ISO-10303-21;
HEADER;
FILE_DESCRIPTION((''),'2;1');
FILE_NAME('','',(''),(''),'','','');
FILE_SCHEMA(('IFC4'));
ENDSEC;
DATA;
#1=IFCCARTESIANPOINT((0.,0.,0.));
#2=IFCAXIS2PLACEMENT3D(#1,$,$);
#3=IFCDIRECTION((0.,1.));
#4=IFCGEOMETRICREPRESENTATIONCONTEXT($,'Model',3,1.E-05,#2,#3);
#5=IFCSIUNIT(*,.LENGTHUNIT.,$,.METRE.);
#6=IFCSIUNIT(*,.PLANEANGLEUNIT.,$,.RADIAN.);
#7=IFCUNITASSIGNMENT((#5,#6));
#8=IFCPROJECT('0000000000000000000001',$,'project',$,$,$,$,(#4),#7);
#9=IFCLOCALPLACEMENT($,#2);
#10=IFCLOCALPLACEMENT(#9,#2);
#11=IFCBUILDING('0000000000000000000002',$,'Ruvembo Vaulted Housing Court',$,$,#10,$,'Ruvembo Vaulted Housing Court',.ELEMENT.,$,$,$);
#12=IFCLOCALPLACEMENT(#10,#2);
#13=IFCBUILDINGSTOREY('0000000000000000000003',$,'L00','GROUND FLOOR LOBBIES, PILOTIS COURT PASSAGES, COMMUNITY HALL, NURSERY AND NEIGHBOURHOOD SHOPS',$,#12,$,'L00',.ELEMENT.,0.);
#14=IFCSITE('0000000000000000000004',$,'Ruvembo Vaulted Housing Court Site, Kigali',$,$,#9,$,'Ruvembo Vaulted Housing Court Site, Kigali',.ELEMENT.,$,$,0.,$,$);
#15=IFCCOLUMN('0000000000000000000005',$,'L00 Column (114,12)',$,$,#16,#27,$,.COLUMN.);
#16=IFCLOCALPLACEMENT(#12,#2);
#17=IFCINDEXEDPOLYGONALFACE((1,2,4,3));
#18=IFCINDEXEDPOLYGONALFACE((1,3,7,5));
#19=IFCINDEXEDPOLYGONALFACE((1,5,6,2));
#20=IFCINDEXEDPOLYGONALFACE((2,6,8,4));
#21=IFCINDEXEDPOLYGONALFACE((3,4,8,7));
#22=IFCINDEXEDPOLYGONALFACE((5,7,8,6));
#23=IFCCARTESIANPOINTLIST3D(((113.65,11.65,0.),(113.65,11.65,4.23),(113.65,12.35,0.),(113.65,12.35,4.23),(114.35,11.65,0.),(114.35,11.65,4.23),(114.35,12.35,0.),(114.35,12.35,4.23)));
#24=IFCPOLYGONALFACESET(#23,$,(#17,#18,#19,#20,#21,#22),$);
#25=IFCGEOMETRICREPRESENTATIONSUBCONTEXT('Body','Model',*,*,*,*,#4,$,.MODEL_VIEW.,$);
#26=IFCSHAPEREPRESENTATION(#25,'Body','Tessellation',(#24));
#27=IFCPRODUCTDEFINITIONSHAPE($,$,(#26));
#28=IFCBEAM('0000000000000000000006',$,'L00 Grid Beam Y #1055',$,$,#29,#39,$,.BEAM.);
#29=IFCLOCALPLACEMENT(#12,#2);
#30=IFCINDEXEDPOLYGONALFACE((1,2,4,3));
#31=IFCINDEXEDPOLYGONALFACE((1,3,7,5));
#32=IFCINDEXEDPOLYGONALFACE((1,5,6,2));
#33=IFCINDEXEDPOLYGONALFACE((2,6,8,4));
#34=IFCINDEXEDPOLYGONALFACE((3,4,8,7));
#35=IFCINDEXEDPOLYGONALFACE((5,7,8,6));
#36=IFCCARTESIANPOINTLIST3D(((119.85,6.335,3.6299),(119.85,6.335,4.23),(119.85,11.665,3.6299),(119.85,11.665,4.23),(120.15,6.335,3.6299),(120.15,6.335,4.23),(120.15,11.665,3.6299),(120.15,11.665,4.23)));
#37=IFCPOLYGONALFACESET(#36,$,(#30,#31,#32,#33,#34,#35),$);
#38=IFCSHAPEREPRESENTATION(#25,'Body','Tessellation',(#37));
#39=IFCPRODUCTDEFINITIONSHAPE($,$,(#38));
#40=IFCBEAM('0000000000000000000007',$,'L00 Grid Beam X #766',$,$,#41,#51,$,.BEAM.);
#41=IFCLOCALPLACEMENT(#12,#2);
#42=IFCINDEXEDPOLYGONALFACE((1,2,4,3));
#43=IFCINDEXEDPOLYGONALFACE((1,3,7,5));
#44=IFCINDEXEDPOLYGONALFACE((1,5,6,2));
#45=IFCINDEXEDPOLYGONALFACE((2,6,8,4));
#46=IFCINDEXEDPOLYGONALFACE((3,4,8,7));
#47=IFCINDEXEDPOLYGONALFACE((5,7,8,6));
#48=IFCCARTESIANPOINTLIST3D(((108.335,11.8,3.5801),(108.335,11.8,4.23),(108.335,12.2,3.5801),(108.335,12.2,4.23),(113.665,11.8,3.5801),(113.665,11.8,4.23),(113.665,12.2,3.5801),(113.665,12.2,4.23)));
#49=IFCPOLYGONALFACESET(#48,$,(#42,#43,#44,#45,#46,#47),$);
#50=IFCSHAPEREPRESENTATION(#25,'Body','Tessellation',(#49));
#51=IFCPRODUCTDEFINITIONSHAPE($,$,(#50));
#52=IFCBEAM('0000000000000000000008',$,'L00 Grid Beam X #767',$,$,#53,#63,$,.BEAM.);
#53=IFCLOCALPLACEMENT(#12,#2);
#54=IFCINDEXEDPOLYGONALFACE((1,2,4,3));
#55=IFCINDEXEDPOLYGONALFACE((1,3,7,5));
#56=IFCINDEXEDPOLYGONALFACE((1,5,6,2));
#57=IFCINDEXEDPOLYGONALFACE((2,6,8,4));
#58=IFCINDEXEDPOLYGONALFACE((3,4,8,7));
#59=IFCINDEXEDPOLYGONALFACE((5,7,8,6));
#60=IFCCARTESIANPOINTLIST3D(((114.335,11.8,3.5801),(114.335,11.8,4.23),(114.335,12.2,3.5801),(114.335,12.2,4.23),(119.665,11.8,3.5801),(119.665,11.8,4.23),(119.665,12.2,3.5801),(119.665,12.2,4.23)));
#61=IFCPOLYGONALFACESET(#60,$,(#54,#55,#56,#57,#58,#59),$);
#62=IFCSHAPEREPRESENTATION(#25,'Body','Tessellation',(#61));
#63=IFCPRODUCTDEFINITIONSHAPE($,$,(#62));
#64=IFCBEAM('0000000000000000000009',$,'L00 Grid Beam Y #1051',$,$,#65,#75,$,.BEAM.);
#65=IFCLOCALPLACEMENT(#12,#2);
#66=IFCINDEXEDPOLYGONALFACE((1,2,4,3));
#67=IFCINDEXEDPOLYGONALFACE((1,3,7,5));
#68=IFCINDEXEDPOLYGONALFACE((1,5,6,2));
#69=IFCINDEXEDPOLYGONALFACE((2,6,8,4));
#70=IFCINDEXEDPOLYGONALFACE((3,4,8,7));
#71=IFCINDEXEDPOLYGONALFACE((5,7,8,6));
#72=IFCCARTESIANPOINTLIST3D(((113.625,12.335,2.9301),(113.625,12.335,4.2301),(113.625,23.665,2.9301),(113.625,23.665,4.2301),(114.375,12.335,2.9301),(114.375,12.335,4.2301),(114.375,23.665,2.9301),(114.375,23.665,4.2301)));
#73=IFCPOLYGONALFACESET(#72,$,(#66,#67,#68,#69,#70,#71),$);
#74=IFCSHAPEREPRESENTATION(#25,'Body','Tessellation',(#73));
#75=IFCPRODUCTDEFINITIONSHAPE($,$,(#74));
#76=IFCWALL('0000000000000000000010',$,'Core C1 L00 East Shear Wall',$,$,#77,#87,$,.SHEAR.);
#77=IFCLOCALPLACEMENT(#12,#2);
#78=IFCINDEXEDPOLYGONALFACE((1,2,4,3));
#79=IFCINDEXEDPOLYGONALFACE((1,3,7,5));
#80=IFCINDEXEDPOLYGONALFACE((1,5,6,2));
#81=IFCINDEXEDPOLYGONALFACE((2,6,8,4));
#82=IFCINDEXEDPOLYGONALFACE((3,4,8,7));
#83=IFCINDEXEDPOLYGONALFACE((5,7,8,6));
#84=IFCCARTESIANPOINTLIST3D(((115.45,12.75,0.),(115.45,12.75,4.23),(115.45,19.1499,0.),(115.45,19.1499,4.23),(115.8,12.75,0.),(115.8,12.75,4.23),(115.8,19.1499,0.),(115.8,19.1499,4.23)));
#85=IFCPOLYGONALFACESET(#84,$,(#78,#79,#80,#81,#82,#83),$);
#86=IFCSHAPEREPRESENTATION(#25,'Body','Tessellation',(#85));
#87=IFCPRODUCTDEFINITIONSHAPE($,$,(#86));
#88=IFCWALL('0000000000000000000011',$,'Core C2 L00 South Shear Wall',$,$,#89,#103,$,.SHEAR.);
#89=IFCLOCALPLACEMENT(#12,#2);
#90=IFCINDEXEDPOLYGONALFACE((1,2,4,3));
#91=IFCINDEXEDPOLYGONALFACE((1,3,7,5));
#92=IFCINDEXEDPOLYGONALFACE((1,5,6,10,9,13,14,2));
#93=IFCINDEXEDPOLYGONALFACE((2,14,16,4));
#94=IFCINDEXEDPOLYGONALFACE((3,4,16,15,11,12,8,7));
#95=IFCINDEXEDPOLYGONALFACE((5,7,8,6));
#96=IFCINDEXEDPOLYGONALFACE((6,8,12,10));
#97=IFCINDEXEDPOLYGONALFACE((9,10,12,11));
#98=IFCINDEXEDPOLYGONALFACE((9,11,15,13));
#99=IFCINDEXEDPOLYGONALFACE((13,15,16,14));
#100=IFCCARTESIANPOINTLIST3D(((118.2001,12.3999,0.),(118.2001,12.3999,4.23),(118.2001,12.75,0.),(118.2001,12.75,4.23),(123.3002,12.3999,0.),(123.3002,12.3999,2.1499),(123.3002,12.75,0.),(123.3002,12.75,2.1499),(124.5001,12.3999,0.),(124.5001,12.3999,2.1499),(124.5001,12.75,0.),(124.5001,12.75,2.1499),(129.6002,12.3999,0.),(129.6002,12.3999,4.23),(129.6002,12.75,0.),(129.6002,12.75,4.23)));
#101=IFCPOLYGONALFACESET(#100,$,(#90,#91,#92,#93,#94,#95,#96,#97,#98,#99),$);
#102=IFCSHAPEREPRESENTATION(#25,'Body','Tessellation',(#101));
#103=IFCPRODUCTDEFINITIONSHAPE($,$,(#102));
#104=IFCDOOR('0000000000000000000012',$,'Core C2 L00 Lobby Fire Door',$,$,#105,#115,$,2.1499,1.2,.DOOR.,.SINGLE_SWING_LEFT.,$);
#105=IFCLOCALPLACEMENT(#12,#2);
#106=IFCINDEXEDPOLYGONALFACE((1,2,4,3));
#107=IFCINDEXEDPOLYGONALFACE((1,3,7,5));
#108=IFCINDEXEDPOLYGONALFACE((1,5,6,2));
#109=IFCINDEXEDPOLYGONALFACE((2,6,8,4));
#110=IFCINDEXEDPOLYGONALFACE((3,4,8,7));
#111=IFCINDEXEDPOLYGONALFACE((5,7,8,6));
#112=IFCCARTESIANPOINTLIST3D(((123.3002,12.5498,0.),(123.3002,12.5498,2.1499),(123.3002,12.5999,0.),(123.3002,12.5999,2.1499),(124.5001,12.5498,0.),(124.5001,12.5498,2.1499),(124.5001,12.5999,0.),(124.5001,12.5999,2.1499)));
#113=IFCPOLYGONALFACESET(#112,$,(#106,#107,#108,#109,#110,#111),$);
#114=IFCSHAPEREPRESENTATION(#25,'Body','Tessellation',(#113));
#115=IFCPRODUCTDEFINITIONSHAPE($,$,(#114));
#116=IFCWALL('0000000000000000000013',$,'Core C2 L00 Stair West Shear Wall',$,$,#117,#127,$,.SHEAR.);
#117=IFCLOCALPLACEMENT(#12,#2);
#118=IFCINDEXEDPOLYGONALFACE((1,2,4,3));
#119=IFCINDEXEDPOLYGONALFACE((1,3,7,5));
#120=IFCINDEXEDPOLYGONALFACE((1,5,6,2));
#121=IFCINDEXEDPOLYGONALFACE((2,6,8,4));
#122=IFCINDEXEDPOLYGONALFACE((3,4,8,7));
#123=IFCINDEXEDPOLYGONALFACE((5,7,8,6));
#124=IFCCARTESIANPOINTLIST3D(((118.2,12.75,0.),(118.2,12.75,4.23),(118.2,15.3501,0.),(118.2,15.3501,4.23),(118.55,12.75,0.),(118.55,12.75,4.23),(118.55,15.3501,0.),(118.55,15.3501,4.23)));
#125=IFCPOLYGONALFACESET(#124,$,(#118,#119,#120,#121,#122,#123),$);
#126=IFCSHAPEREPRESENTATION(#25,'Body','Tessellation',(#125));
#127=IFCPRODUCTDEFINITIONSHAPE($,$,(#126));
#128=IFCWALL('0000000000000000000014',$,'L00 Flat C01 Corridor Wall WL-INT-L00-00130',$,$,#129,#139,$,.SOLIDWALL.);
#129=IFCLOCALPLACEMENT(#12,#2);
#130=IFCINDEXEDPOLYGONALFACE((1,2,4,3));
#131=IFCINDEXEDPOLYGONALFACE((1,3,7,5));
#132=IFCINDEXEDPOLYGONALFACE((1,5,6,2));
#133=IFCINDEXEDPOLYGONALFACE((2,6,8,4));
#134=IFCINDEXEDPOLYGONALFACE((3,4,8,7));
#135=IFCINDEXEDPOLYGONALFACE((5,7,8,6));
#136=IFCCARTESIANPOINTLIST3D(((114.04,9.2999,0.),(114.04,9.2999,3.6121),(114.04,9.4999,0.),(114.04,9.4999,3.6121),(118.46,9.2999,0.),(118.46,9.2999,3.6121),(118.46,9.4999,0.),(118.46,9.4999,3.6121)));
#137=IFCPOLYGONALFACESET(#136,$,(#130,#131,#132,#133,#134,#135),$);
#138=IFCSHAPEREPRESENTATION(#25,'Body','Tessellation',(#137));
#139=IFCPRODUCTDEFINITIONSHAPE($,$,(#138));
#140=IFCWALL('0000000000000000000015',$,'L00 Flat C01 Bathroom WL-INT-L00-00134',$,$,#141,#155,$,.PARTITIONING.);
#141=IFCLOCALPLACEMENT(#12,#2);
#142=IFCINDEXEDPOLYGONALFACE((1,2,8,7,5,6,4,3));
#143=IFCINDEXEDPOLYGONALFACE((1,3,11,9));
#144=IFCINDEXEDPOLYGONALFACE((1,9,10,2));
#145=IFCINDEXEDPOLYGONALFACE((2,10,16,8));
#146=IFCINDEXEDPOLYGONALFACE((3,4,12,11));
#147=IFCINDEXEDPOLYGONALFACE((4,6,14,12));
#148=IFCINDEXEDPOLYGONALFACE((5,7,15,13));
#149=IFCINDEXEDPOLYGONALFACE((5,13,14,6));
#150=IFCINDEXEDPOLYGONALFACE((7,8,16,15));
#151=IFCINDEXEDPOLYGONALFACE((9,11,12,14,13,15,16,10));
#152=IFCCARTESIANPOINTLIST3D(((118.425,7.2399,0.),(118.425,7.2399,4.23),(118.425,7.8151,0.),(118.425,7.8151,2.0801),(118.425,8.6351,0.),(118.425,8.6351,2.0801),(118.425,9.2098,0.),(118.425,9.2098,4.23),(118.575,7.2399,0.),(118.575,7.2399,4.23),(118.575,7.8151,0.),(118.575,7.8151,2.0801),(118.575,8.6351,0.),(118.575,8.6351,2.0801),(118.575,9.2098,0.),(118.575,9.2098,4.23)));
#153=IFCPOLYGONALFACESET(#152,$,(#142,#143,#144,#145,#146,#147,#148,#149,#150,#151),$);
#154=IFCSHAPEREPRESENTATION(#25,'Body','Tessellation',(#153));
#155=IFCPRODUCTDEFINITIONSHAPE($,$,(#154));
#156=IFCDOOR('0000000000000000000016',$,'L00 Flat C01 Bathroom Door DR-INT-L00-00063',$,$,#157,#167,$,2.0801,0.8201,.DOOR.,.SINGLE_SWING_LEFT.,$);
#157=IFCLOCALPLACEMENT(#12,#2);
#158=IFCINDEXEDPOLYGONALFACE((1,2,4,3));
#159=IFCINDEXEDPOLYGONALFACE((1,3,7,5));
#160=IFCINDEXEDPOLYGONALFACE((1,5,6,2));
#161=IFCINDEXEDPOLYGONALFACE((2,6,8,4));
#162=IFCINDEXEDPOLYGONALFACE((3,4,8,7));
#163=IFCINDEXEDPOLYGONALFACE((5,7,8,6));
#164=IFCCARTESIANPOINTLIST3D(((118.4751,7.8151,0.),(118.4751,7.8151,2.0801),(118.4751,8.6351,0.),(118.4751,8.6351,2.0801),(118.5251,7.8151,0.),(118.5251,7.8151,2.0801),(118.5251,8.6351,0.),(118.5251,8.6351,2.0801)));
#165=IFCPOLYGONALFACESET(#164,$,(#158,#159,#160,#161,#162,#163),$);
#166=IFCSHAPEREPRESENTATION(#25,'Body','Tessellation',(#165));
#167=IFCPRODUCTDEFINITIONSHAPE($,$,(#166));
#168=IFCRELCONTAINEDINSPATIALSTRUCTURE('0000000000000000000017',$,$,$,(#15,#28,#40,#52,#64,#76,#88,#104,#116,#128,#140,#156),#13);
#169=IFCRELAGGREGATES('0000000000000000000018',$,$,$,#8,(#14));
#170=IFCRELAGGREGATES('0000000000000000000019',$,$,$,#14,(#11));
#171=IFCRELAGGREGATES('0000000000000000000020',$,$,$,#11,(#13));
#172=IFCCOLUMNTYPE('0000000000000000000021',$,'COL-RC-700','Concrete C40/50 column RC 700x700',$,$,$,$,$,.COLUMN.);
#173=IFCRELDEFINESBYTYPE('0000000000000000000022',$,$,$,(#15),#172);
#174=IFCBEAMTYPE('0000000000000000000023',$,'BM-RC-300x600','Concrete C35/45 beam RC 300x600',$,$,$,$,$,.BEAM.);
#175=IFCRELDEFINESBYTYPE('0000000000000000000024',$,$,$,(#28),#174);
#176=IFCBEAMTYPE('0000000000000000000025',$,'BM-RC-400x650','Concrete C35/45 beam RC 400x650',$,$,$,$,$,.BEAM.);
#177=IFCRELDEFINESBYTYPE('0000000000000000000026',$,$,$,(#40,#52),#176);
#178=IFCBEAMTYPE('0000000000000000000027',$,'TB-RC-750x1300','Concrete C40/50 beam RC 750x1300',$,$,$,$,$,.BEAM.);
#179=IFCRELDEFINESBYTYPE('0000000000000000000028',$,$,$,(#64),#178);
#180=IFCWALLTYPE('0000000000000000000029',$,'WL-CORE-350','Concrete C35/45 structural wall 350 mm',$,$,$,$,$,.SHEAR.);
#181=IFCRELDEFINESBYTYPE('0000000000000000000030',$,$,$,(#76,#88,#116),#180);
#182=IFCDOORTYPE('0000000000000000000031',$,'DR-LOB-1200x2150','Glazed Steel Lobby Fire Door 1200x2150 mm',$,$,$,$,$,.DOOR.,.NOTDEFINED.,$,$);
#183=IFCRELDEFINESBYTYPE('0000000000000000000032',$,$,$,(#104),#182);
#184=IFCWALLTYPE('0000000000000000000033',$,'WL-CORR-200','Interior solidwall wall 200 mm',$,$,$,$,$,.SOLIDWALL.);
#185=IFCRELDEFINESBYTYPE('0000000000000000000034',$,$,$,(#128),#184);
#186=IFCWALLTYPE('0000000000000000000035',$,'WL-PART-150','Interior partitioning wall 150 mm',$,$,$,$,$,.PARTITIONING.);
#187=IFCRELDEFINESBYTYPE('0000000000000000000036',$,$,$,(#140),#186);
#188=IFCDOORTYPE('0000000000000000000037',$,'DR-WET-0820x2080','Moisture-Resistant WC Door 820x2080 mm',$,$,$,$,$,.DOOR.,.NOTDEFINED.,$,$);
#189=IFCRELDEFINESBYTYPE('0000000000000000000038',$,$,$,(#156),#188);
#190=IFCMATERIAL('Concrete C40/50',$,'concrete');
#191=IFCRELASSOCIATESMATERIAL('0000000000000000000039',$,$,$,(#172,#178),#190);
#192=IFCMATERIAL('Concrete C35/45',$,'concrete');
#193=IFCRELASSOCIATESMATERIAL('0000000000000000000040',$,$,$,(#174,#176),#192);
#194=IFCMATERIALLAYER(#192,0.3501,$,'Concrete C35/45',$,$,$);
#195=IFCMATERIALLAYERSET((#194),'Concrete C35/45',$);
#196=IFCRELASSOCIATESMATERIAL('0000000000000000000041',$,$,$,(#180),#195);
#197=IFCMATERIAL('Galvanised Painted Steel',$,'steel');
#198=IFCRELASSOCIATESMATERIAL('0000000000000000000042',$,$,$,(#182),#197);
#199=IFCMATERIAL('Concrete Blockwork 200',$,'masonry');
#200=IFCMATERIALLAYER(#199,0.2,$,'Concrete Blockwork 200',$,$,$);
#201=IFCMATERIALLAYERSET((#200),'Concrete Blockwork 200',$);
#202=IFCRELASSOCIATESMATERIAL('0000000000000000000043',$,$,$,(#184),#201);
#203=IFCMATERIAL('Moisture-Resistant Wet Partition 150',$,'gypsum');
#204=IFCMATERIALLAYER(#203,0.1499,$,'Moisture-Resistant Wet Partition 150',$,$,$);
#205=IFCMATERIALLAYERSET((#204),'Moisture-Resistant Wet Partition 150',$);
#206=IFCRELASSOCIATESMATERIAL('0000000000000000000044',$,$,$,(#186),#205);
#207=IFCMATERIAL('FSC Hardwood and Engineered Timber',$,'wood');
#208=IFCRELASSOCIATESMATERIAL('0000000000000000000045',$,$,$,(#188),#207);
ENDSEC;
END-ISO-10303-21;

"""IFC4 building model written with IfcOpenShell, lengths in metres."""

from ifc_helpers import new_model, si_unit, direction, frame, frame_2d, origin, origin_2d, place, context, subcontext, project, spatial, rectangle, extrude, material, layer, layer_set, material_profile, profile_set, type_object, element, fill, save


model = new_model("IFC4")

# Units and contexts
model_context = context("Model", 3, precision=1e-05, world=origin(), true_north=direction((0.0, 1.0)))
body_context = subcontext(model_context, "Body", "Model", "MODEL_VIEW")
ifc_project = project(units=[si_unit("LENGTHUNIT", "METRE"), si_unit("PLANEANGLEUNIT", "RADIAN")], contexts=[model_context])

# Site, building, storey
site_placement = place(None, origin())
site = spatial("IfcSite", under=ifc_project, at=site_placement, Name="Ruvembo Vaulted Housing Court Site, Kigali", LongName="Ruvembo Vaulted Housing Court Site, Kigali", CompositionType="ELEMENT", RefElevation=0.0)
building_placement = place(site_placement, origin())
building = spatial("IfcBuilding", under=site, at=building_placement, Name="Ruvembo Vaulted Housing Court", LongName="Ruvembo Vaulted Housing Court", CompositionType="ELEMENT")
storey_placement = place(building_placement, origin())
storey = spatial("IfcBuildingStorey", under=building, at=storey_placement, Name="L00", Description="GROUND FLOOR LOBBIES, PILOTIS COURT PASSAGES, COMMUNITY HALL, NURSERY AND NEIGHBOURHOOD SHOPS", LongName="L00", CompositionType="ELEMENT", Elevation=0.0)

# Column
ifc_material_1 = material(Name="Concrete C40/50", Category="concrete")
ifc_material_profile_1 = material_profile(ifc_material_1, rectangle(XDim=0.7, YDim=0.7, at=origin_2d()), Name="RC 700x700")
ifc_profile_set_1 = profile_set([ifc_material_profile_1], Name="Concrete C40/50")
column_type = type_object("IfcColumnType", Name="COL-RC-700", Description="Concrete C40/50 column RC 700x700", PredefinedType="COLUMN", material=ifc_profile_set_1)
column_placement = place(storey_placement, frame((114.0, 12.0, 0.0), z_axis=(0.0, 0.0, 1.0), x_axis=(1.0, 0.0, 0.0)))
element("IfcColumn", 1, at=column_placement, inside=storey, type_object=column_type, Name="L00 Column (114,12)", PredefinedType="COLUMN", context=body_context, shape_type="SweptSolid", body=[
    extrude(rectangle(XDim=0.7, YDim=0.7, at=origin_2d()), origin(), (0.0, 0.0, 1.0), 4.23),
])

# Beams
ifc_material_2 = material(Name="Concrete C35/45", Category="concrete")
ifc_material_profile_2 = material_profile(ifc_material_2, rectangle(XDim=0.3, YDim=0.6001, at=origin_2d()), Name="RC 300x600")
ifc_profile_set_2 = profile_set([ifc_material_profile_2], Name="Concrete C35/45")
beam_type_1 = type_object("IfcBeamType", Name="BM-RC-300x600", Description="Concrete C35/45 beam RC 300x600", PredefinedType="BEAM", material=ifc_profile_set_2)
beam_1_placement = place(storey_placement, frame((120.0, 6.335, 3.9299), z_axis=(0.0, 1.0, 0.0), x_axis=(-1.0, 0.0, 0.0)))
element("IfcBeam", 2, at=beam_1_placement, inside=storey, type_object=beam_type_1, Name="L00 Grid Beam Y #1055", PredefinedType="BEAM", context=body_context, shape_type="SweptSolid", body=[
    extrude(rectangle(XDim=0.3, YDim=0.6001, at=origin_2d()), origin(), (0.0, 0.0, 1.0), 5.3301),
])
ifc_material_profile_3 = material_profile(ifc_material_2, rectangle(XDim=0.3999, YDim=0.6499, at=origin_2d()), Name="RC 400x650")
ifc_profile_set_3 = profile_set([ifc_material_profile_3], Name="Concrete C35/45")
beam_type_2 = type_object("IfcBeamType", Name="BM-RC-400x650", Description="Concrete C35/45 beam RC 400x650", PredefinedType="BEAM", material=ifc_profile_set_3)
for number, where, z_axis, x_axis, name in (
    (3, (108.335, 12.0, 3.905), (1.0, 0.0, 0.0), (0.0, 1.0, 0.0), "L00 Grid Beam X #766"),
    (4, (114.335, 12.0, 3.905), (1.0, 0.0, 0.0), (0.0, 1.0, 0.0), "L00 Grid Beam X #767"),
):
    element("IfcBeam", number, at=place(storey_placement, frame(where, z_axis=z_axis, x_axis=x_axis)), inside=storey, type_object=beam_type_2, Name=name, PredefinedType="BEAM", context=body_context, shape_type="SweptSolid", body=[
        extrude(rectangle(XDim=0.3999, YDim=0.6499, at=origin_2d()), origin(), (0.0, 0.0, 1.0), 5.3301),
    ])
ifc_material_profile_4 = material_profile(ifc_material_1, rectangle(XDim=0.75, YDim=1.3, at=origin_2d()), Name="RC 750x1300")
ifc_profile_set_4 = profile_set([ifc_material_profile_4], Name="Concrete C40/50")
beam_type_3 = type_object("IfcBeamType", Name="TB-RC-750x1300", Description="Concrete C40/50 beam RC 750x1300", PredefinedType="BEAM", material=ifc_profile_set_4)
beam_2_placement = place(storey_placement, frame((114.0, 12.335, 3.5801), z_axis=(0.0, 1.0, 0.0), x_axis=(-1.0, 0.0, 0.0)))
element("IfcBeam", 5, at=beam_2_placement, inside=storey, type_object=beam_type_3, Name="L00 Grid Beam Y #1051", PredefinedType="BEAM", context=body_context, shape_type="SweptSolid", body=[
    extrude(rectangle(XDim=0.75, YDim=1.3, at=origin_2d()), origin(), (0.0, 0.0, 1.0), 11.3301),
])

# Shared definitions
ifc_material_3 = material(Name="Galvanised Painted Steel", Category="steel")

# Wall
ifc_layer_1 = layer(ifc_material_2, 0.3501, Name="Concrete C35/45")
ifc_layer_set_1 = layer_set([ifc_layer_1], Name="Concrete C35/45")
wall_type_1 = type_object("IfcWallType", Name="WL-CORE-350", Description="Concrete C35/45 structural wall 350 mm", PredefinedType="SHEAR", material=ifc_layer_set_1)
wall_1_placement = place(storey_placement, frame((115.625, 12.75, 0.0), z_axis=(0.0, 0.0, 1.0), x_axis=(0.0, 1.0, 0.0)))
element("IfcWall", 6, at=wall_1_placement, inside=storey, type_object=wall_type_1, Name="Core C1 L00 East Shear Wall", PredefinedType="SHEAR", context=body_context, shape_type="SweptSolid", body=[
    extrude(rectangle(XDim=6.3999, YDim=0.3501, at=frame_2d((3.2, 0.0))), origin(), (0.0, 0.0, 1.0), 4.23),
])

# Wall, opening, door
wall_2_placement = place(storey_placement, frame((118.2, 12.575, 0.0), z_axis=(0.0, 0.0, 1.0), x_axis=(1.0, 0.0, 0.0)))
wall_2 = element("IfcWall", 7, at=wall_2_placement, inside=storey, type_object=wall_type_1, Name="Core C2 L00 South Shear Wall", PredefinedType="SHEAR", context=body_context, shape_type="SweptSolid", body=[
    extrude(rectangle(XDim=11.4001, YDim=0.3501, at=frame_2d((5.7002, 0.0))), origin(), (0.0, 0.0, 1.0), 4.23),
])
opening_1_placement = place(wall_2_placement, frame((5.1001, 0.0, 0.0)))
opening_1 = element("IfcOpeningElement", 8, at=opening_1_placement, cuts=wall_2, PredefinedType="OPENING", context=body_context, shape_type="SweptSolid", body=[
    extrude(rectangle(XDim=1.2, YDim=2.1499, at=frame_2d((0.6001, 1.075))), frame((0.0, 0.1851, 0.0), z_axis=(0.0, -1.0, 0.0), x_axis=(1.0, 0.0, 0.0)), (0.0, 0.0, 1.0), 0.3701),
])
door_type_1 = type_object("IfcDoorType", Name="DR-LOB-1200x2150", Description="Glazed Steel Lobby Fire Door 1200x2150 mm", OperationType="NOTDEFINED", PredefinedType="DOOR", material=ifc_material_3)
door_1_placement = place(opening_1_placement, origin())
door_1 = element("IfcDoor", 9, at=door_1_placement, inside=storey, type_object=door_type_1, Name="Core C2 L00 Lobby Fire Door", OperationType="SINGLE_SWING_LEFT", OverallHeight=2.1499, OverallWidth=1.2, PredefinedType="DOOR", context=body_context, shape_type="SweptSolid", body=[
    extrude(rectangle(XDim=1.2, YDim=2.1499, at=frame_2d((0.6001, 1.075))), frame((0.0, 0.0249, 0.0), z_axis=(0.0, -1.0, 0.0), x_axis=(1.0, 0.0, 0.0)), (0.0, 0.0, 1.0), 0.05),
])
fill(opening_1, door_1)

# Walls
wall_3_placement = place(storey_placement, frame((118.375, 15.3501, 0.0), z_axis=(0.0, 0.0, 1.0), x_axis=(0.0, -1.0, 0.0)))
element("IfcWall", 10, at=wall_3_placement, inside=storey, type_object=wall_type_1, Name="Core C2 L00 Stair West Shear Wall", PredefinedType="SHEAR", context=body_context, shape_type="SweptSolid", body=[
    extrude(rectangle(XDim=2.6001, YDim=0.3501, at=frame_2d((1.3, 0.0))), origin(), (0.0, 0.0, 1.0), 4.23),
])
ifc_material_4 = material(Name="Concrete Blockwork 200", Category="masonry")
ifc_layer_2 = layer(ifc_material_4, 0.2, Name="Concrete Blockwork 200")
ifc_layer_set_2 = layer_set([ifc_layer_2], Name="Concrete Blockwork 200")
wall_type_2 = type_object("IfcWallType", Name="WL-CORR-200", Description="Interior solidwall wall 200 mm", PredefinedType="SOLIDWALL", material=ifc_layer_set_2)
wall_4_placement = place(storey_placement, frame((114.04, 9.3999, 0.0), z_axis=(0.0, 0.0, 1.0), x_axis=(1.0, 0.0, 0.0)))
element("IfcWall", 11, at=wall_4_placement, inside=storey, type_object=wall_type_2, Name="L00 Flat C01 Corridor Wall WL-INT-L00-00130", PredefinedType="SOLIDWALL", context=body_context, shape_type="SweptSolid", body=[
    extrude(rectangle(XDim=4.4199, YDim=0.2, at=frame_2d((2.21, 0.0))), origin(), (0.0, 0.0, 1.0), 3.6121),
])

# Wall, opening, door
ifc_material_5 = material(Name="FSC Hardwood and Engineered Timber", Category="wood")
ifc_material_6 = material(Name="Moisture-Resistant Wet Partition 150", Category="gypsum")
ifc_layer_3 = layer(ifc_material_6, 0.1499, Name="Moisture-Resistant Wet Partition 150")
ifc_layer_set_3 = layer_set([ifc_layer_3], Name="Moisture-Resistant Wet Partition 150")
wall_type_3 = type_object("IfcWallType", Name="WL-PART-150", Description="Interior partitioning wall 150 mm", PredefinedType="PARTITIONING", material=ifc_layer_set_3)
wall_5_placement = place(storey_placement, frame((118.5, 7.24, 0.0), z_axis=(0.0, 0.0, 1.0), x_axis=(0.0, 1.0, 0.0)))
wall_5 = element("IfcWall", 12, at=wall_5_placement, inside=storey, type_object=wall_type_3, Name="L00 Flat C01 Bathroom WL-INT-L00-00134", PredefinedType="PARTITIONING", context=body_context, shape_type="SweptSolid", body=[
    extrude(rectangle(XDim=1.97, YDim=0.1499, at=frame_2d((0.9849, 0.0))), origin(), (0.0, 0.0, 1.0), 4.23),
])
opening_2_placement = place(wall_5_placement, frame((0.575, 0.0, 0.0)))
opening_2 = element("IfcOpeningElement", 13, at=opening_2_placement, cuts=wall_5, PredefinedType="OPENING", context=body_context, shape_type="SweptSolid", body=[
    extrude(rectangle(XDim=0.8201, YDim=2.0801, at=frame_2d((0.4102, 1.04))), frame((0.0, 0.085, 0.0), z_axis=(0.0, -1.0, 0.0), x_axis=(1.0, 0.0, 0.0)), (0.0, 0.0, 1.0), 0.1699),
])
door_type_2 = type_object("IfcDoorType", Name="DR-WET-0820x2080", Description="Moisture-Resistant WC Door 820x2080 mm", OperationType="NOTDEFINED", PredefinedType="DOOR", material=ifc_material_5)
door_2_placement = place(opening_2_placement, origin())
door_2 = element("IfcDoor", 14, at=door_2_placement, inside=storey, type_object=door_type_2, Name="L00 Flat C01 Bathroom Door DR-INT-L00-00063", OperationType="SINGLE_SWING_LEFT", OverallHeight=2.0801, OverallWidth=0.8201, PredefinedType="DOOR", context=body_context, shape_type="SweptSolid", body=[
    extrude(rectangle(XDim=0.8201, YDim=2.0801, at=frame_2d((0.4102, 1.04))), frame((0.0, 0.0249, 0.0), z_axis=(0.0, -1.0, 0.0), x_axis=(1.0, 0.0, 0.0)), (0.0, 0.0, 1.0), 0.05),
])
fill(opening_2, door_2)

save(model, "model.ifc")
